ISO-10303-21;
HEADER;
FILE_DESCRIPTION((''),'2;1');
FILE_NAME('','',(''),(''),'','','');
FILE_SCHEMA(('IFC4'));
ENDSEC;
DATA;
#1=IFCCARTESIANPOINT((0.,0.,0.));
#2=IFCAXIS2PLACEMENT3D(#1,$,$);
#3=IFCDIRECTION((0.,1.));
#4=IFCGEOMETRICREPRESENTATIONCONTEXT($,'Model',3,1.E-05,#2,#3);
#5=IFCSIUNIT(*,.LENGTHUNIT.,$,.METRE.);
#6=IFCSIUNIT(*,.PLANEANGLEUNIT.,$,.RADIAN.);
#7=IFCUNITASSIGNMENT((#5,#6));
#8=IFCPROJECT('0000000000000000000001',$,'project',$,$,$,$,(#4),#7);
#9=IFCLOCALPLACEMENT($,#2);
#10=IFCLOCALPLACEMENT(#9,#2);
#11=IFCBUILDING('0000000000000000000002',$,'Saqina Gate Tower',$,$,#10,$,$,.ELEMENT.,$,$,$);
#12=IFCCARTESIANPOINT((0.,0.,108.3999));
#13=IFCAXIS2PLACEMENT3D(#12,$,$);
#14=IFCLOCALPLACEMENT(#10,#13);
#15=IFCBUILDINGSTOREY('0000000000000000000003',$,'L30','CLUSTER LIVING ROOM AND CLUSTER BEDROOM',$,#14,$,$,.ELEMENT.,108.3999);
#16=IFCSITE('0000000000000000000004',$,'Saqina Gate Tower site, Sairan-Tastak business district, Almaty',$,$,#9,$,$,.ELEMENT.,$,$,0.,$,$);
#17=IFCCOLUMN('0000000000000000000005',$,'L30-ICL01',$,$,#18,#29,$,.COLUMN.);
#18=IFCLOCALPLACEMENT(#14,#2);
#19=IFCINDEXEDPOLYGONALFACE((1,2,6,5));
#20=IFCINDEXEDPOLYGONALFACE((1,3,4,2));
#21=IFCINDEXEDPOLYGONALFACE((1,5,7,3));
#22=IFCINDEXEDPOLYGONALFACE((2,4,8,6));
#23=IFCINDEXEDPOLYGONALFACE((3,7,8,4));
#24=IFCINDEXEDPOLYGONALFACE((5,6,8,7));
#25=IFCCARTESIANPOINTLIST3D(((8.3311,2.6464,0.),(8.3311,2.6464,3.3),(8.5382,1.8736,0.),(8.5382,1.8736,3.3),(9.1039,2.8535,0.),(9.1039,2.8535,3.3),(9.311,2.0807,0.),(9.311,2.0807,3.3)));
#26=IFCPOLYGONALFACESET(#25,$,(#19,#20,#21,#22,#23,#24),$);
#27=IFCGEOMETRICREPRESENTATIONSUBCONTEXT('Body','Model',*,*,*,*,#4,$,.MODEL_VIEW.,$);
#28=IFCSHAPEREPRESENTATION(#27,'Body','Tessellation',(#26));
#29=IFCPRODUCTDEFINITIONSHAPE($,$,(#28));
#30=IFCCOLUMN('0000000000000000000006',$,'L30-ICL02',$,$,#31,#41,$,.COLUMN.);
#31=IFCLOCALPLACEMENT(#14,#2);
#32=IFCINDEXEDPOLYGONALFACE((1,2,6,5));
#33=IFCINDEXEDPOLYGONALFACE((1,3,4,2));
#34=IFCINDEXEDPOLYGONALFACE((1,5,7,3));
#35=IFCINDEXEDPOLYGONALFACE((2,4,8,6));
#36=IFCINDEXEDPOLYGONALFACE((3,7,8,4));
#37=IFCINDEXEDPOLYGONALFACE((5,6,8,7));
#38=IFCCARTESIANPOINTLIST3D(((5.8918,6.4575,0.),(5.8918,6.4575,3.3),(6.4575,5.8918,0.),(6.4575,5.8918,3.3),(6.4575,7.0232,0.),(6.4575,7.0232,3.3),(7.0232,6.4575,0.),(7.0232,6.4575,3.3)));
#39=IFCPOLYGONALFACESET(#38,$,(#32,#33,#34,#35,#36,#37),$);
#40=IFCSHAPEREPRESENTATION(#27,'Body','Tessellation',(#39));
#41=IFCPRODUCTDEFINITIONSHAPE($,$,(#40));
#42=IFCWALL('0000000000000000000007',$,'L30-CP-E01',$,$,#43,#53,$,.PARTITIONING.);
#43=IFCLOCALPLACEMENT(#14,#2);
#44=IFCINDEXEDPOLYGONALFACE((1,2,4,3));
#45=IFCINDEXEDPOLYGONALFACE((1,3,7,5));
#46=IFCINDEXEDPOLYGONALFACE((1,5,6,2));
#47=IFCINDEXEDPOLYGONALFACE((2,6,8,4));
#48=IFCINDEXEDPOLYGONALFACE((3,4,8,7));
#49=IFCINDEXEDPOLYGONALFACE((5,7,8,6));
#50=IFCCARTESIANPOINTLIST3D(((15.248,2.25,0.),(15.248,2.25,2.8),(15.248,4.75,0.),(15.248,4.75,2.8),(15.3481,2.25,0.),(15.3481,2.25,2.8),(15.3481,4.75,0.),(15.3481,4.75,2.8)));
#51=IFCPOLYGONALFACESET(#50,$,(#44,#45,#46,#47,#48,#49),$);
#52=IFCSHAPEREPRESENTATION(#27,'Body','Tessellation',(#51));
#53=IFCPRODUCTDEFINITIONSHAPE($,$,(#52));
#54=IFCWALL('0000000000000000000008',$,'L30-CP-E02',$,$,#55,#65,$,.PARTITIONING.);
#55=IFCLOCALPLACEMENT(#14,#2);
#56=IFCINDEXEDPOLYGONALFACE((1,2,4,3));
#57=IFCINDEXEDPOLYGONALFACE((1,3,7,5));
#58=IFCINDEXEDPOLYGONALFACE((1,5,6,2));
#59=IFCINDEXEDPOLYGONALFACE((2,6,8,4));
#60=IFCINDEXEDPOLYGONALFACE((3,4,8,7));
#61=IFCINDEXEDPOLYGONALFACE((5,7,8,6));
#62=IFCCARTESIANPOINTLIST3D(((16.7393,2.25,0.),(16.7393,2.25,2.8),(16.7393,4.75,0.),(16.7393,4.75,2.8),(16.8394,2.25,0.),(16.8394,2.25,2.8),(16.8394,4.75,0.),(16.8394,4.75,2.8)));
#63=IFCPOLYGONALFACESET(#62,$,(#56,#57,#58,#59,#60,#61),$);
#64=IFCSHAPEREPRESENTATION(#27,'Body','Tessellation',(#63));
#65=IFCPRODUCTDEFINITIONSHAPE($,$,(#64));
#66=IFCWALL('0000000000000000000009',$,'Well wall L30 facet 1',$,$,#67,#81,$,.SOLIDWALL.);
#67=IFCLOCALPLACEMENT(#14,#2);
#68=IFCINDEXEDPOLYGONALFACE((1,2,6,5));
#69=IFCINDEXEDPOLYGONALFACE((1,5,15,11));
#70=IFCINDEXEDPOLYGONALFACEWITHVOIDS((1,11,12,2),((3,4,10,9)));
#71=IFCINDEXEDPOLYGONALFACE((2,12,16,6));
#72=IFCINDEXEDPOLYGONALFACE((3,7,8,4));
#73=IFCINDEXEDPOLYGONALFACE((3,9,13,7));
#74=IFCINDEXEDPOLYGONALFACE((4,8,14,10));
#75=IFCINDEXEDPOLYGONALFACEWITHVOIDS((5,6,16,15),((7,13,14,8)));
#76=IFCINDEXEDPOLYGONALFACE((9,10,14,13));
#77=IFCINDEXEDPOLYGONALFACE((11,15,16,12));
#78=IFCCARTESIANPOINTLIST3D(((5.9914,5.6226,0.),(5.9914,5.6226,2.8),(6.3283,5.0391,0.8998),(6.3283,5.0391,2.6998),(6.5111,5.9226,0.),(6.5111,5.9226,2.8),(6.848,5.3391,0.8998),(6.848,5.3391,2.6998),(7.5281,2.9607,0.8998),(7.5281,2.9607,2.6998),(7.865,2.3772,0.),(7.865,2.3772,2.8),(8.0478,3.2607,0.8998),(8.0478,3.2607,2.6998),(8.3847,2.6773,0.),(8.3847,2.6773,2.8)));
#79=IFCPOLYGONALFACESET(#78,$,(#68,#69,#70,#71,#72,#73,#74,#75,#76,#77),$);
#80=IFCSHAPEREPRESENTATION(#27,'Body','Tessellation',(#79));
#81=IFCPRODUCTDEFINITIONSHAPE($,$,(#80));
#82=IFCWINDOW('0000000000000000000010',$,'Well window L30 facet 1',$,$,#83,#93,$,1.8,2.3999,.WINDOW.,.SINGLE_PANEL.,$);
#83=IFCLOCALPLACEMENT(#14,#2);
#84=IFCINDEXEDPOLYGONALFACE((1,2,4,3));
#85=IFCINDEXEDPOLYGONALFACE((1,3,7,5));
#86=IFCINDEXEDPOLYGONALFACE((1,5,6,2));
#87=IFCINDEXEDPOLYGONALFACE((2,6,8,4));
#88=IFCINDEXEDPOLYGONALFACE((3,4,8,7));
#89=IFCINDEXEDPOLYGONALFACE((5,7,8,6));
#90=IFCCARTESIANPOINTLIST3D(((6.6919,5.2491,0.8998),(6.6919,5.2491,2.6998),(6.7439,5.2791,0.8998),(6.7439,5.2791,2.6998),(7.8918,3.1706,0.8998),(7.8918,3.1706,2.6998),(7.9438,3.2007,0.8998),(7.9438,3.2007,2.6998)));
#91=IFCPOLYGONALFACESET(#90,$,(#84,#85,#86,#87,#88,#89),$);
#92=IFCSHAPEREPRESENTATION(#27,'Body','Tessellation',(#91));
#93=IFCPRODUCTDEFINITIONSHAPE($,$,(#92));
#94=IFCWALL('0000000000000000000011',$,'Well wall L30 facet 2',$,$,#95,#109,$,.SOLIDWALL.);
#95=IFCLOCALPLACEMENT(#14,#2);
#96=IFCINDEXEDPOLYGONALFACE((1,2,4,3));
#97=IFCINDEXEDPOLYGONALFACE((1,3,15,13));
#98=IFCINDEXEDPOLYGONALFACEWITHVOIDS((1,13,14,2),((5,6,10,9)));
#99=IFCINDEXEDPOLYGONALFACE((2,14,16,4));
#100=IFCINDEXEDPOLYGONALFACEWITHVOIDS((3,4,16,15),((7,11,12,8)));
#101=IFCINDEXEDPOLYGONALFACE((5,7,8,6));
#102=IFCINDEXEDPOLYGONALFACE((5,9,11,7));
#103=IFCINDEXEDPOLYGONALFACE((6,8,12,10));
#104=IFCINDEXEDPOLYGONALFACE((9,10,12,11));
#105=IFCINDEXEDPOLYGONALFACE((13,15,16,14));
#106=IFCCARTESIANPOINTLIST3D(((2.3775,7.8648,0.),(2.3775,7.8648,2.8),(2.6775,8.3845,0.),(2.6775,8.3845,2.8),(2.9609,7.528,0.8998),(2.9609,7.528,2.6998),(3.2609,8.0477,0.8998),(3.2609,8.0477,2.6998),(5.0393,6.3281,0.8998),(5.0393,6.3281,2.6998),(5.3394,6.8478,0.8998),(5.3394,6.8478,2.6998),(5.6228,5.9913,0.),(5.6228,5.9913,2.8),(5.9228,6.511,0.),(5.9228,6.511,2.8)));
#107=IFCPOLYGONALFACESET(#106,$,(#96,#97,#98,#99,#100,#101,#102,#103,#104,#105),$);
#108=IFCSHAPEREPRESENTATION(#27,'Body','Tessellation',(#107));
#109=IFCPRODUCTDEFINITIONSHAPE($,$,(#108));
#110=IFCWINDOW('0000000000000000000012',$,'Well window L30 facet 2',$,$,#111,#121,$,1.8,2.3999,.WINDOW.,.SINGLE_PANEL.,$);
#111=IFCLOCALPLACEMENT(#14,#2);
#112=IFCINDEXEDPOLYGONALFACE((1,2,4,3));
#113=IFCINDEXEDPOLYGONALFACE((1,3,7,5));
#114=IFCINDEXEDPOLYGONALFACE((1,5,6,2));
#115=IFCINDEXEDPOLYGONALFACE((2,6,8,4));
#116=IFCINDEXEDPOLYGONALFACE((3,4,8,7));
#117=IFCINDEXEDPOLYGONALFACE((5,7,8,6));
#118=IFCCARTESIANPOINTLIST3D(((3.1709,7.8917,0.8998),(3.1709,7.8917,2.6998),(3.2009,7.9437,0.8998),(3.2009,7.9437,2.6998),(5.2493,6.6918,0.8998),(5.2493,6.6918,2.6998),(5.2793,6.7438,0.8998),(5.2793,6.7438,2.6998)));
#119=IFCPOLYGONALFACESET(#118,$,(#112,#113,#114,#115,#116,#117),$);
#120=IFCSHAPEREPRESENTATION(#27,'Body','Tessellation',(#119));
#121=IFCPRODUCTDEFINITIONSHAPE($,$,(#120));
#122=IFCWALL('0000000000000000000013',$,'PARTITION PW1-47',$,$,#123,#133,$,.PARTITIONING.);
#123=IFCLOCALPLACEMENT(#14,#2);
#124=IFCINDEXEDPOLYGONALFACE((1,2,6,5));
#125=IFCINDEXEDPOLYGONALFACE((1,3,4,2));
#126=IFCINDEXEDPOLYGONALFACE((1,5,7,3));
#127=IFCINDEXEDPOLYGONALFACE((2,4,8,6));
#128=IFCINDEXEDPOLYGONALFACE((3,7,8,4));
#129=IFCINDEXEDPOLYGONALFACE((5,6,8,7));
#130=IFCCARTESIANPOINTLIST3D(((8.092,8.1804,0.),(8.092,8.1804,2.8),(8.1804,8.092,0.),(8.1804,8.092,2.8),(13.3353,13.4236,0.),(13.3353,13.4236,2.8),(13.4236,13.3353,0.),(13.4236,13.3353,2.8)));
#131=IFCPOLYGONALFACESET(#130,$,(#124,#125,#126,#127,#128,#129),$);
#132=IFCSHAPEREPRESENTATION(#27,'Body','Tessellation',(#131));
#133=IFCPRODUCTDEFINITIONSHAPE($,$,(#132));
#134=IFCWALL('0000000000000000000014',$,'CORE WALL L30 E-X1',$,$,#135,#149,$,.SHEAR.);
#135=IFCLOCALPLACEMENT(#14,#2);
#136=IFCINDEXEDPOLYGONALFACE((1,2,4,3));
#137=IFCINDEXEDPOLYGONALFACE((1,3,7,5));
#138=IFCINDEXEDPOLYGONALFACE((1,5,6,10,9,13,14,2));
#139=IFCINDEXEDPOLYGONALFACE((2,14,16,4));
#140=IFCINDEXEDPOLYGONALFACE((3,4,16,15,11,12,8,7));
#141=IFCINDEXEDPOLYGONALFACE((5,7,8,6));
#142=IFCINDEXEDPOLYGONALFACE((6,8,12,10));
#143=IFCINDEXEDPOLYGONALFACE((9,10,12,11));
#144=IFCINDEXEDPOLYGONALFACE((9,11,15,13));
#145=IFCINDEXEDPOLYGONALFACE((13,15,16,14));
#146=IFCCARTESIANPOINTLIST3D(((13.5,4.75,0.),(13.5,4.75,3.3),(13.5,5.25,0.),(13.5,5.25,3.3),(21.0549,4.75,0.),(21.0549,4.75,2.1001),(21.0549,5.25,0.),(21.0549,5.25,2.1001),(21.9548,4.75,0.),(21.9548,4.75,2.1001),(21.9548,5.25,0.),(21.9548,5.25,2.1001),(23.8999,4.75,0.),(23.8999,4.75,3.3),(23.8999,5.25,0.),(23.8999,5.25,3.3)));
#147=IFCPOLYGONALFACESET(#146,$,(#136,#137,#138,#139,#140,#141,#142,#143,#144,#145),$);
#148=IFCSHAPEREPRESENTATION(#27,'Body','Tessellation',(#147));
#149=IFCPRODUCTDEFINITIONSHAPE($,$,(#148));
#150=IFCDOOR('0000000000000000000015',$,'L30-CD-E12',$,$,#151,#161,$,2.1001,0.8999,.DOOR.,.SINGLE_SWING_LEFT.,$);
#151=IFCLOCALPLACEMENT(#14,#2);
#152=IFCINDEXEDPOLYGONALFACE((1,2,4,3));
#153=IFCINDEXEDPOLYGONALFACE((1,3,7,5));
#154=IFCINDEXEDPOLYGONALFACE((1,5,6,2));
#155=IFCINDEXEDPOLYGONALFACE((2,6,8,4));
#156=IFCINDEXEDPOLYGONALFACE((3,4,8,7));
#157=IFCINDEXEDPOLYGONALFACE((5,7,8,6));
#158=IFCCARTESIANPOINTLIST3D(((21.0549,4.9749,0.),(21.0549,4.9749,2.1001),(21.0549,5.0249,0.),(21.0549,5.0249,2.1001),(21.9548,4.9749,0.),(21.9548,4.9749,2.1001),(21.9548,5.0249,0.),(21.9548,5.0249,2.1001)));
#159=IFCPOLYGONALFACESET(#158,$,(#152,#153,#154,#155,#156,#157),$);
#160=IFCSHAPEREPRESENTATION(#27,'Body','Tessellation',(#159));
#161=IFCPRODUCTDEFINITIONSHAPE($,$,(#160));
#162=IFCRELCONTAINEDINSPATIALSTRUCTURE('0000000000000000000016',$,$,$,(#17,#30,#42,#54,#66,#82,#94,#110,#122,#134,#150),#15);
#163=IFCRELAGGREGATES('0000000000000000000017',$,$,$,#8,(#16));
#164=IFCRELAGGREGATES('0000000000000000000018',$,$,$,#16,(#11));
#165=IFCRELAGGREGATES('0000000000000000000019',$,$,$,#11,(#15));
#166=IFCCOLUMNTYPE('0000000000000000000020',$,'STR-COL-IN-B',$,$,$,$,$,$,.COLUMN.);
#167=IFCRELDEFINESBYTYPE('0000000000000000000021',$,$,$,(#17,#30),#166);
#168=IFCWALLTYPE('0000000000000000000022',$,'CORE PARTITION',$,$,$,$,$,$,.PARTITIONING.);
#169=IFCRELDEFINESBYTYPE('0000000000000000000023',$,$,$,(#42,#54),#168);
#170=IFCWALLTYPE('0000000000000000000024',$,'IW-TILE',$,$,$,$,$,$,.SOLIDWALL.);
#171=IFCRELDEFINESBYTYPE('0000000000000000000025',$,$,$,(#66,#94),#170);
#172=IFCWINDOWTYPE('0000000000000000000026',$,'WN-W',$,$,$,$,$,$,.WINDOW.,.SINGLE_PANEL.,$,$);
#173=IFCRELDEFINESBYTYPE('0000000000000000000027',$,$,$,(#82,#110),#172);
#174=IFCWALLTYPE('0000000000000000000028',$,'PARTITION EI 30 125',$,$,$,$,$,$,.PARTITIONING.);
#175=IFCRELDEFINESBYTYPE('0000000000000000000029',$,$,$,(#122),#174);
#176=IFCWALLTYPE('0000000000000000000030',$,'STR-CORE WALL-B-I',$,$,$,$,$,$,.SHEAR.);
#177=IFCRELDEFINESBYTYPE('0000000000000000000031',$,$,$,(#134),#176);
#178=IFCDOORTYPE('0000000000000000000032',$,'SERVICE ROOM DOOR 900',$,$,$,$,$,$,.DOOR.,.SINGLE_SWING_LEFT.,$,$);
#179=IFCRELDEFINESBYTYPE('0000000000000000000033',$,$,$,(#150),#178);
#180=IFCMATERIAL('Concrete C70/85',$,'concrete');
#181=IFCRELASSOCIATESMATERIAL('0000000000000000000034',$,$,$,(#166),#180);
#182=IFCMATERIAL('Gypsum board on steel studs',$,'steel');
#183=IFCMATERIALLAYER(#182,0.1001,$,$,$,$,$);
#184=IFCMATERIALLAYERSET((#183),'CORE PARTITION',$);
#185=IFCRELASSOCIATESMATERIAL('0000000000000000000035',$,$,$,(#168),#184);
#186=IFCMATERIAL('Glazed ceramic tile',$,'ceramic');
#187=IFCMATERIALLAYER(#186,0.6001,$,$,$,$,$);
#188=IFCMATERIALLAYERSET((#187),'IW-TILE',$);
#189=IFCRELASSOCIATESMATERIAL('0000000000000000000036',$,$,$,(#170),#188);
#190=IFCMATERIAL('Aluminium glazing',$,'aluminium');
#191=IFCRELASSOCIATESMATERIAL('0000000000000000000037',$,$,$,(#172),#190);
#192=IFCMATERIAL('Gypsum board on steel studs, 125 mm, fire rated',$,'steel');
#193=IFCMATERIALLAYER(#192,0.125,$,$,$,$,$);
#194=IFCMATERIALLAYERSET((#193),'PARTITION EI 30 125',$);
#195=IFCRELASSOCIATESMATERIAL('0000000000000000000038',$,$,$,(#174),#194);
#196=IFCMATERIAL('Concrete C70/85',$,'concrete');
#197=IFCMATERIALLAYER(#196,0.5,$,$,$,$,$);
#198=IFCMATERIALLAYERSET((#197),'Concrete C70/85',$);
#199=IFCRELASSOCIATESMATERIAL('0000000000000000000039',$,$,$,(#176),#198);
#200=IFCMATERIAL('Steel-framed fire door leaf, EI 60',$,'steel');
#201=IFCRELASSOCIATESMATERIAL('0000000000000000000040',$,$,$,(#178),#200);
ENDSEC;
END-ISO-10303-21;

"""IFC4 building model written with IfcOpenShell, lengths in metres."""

from ifc_helpers import new_model, si_unit, direction, frame, frame_2d, origin, origin_2d, place, context, subcontext, project, spatial, rectangle, extrude, material, layer, layer_set, material_profile, profile_set, type_object, element, fill, save


model = new_model("IFC4")

# Units and contexts
model_context = context("Model", 3, precision=1e-05, world=origin(), true_north=direction((0.0, 1.0)))
body_context = subcontext(model_context, "Body", "Model", "MODEL_VIEW")
ifc_project = project(units=[si_unit("LENGTHUNIT", "METRE"), si_unit("PLANEANGLEUNIT", "RADIAN")], contexts=[model_context])

# Site, building, storey
site_placement = place(None, origin())
site = spatial("IfcSite", under=ifc_project, at=site_placement, Name="Saqina Gate Tower site, Sairan-Tastak business district, Almaty", CompositionType="ELEMENT", RefElevation=0.0)
building_placement = place(site_placement, origin())
building = spatial("IfcBuilding", under=site, at=building_placement, Name="Saqina Gate Tower", CompositionType="ELEMENT")
storey_placement = place(building_placement, frame((0.0, 0.0, 108.3999)))
storey = spatial("IfcBuildingStorey", under=building, at=storey_placement, Name="L30", Description="CLUSTER LIVING ROOM AND CLUSTER BEDROOM", CompositionType="ELEMENT", Elevation=108.3999)

# Columns
ifc_material_1 = material(Name="Concrete C70/85", Category="concrete")
ifc_material_profile = material_profile(ifc_material_1, rectangle(XDim=0.8, YDim=0.8, at=origin_2d()), Name="RC 800x800")
ifc_profile_set = profile_set([ifc_material_profile], Name="Concrete C70/85")
column_type = type_object("IfcColumnType", Name="STR-COL-IN-B", PredefinedType="COLUMN", material=ifc_profile_set)
for number, where, z_axis, x_axis, name in (
    (1, (8.821, 2.3635, 0.0), (0.0, 0.0, 1.0), (0.965926, 0.258819, 0.0), "L30-ICL01"),
    (2, (6.4575, 6.4575, 0.0), (0.0, 0.0, 1.0), (0.707107, 0.707107, 0.0), "L30-ICL02"),
):
    element("IfcColumn", number, at=place(storey_placement, frame(where, z_axis=z_axis, x_axis=x_axis)), inside=storey, type_object=column_type, Name=name, PredefinedType="COLUMN", context=body_context, shape_type="SweptSolid", body=[
        extrude(rectangle(XDim=0.8, YDim=0.8, at=origin_2d()), origin(), (0.0, 0.0, 1.0), 3.3),
    ])

# Walls
ifc_material_2 = material(Name="Gypsum board on steel studs", Category="steel")
ifc_layer_1 = layer(ifc_material_2, 0.1001)
ifc_layer_set_1 = layer_set([ifc_layer_1], Name="CORE PARTITION")
wall_type_1 = type_object("IfcWallType", Name="CORE PARTITION", PredefinedType="PARTITIONING", material=ifc_layer_set_1)
for number, where, z_axis, x_axis, name in (
    (3, (15.2981, 2.25, 0.0), (0.0, 0.0, 1.0), (0.0, 1.0, 0.0), "L30-CP-E01"),
    (4, (16.7893, 2.25, 0.0), (0.0, 0.0, 1.0), (0.0, 1.0, 0.0), "L30-CP-E02"),
):
    element("IfcWall", number, at=place(storey_placement, frame(where, z_axis=z_axis, x_axis=x_axis)), inside=storey, type_object=wall_type_1, Name=name, PredefinedType="PARTITIONING", context=body_context, shape_type="SweptSolid", body=[
        extrude(rectangle(XDim=2.5, YDim=0.1001, at=frame_2d((1.25, 0.0))), origin(), (0.0, 0.0, 1.0), 2.8),
    ])

# Walls, openings, windows
ifc_material_3 = material(Name="Glazed ceramic tile", Category="ceramic")
ifc_layer_2 = layer(ifc_material_3, 0.6001)
ifc_layer_set_2 = layer_set([ifc_layer_2], Name="IW-TILE")
wall_type_2 = type_object("IfcWallType", Name="IW-TILE", PredefinedType="SOLIDWALL", material=ifc_layer_set_2)
wall_1_placement = place(storey_placement, frame((8.1248, 2.5273, 0.0), z_axis=(0.0, 0.0, 1.0), x_axis=(-0.499965, 0.866046, 0.0)))
wall_1 = element("IfcWall", 5, at=wall_1_placement, inside=storey, type_object=wall_type_2, Name="Well wall L30 facet 1", PredefinedType="SOLIDWALL", context=body_context, shape_type="SweptSolid", body=[
    extrude(rectangle(XDim=3.7473, YDim=0.6001, at=frame_2d((1.8735, 0.0))), origin(), (0.0, 0.0, 1.0), 2.8),
])
opening_1_placement = place(wall_1_placement, frame((0.6736, 0.0, 0.8999)))
opening_1 = element("IfcOpeningElement", 6, at=opening_1_placement, cuts=wall_1, PredefinedType="OPENING", context=body_context, shape_type="SweptSolid", body=[
    extrude(rectangle(XDim=2.3999, YDim=1.8, at=frame_2d((1.2, 0.8999))), frame((0.0, 0.312, 0.0), z_axis=(0.0, -1.0, 0.0), x_axis=(1.0, 0.0, 0.0)), (0.0, 0.0, 1.0), 0.624),
])
ifc_material_4 = material(Name="Aluminium glazing", Category="aluminium")
window_type = type_object("IfcWindowType", Name="WN-W", PartitioningType="SINGLE_PANEL", PredefinedType="WINDOW", material=ifc_material_4)
window_1_placement = place(opening_1_placement, origin())
window_1 = element("IfcWindow", 7, at=window_1_placement, inside=storey, type_object=window_type, Name="Well window L30 facet 1", OverallHeight=1.8, OverallWidth=2.3999, PartitioningType="SINGLE_PANEL", PredefinedType="WINDOW", context=body_context, shape_type="SweptSolid", body=[
    extrude(rectangle(XDim=2.3999, YDim=1.8, at=frame_2d((1.2, 0.8999))), frame((0.0, -0.1199, 0.0), z_axis=(0.0, -1.0, 0.0), x_axis=(1.0, 0.0, 0.0)), (0.0, 0.0, 1.0), 0.0601),
])
fill(opening_1, window_1)
wall_2_placement = place(storey_placement, frame((5.7727, 6.2512, 0.0), z_axis=(0.0, 0.0, 1.0), x_axis=(-0.866046, 0.499965, 0.0)))
wall_2 = element("IfcWall", 8, at=wall_2_placement, inside=storey, type_object=wall_type_2, Name="Well wall L30 facet 2", PredefinedType="SOLIDWALL", context=body_context, shape_type="SweptSolid", body=[
    extrude(rectangle(XDim=3.7473, YDim=0.6001, at=frame_2d((1.8735, 0.0))), origin(), (0.0, 0.0, 1.0), 2.8),
])
opening_2_placement = place(wall_2_placement, frame((0.6736, 0.0, 0.8999)))
opening_2 = element("IfcOpeningElement", 9, at=opening_2_placement, cuts=wall_2, PredefinedType="OPENING", context=body_context, shape_type="SweptSolid", body=[
    extrude(rectangle(XDim=2.3999, YDim=1.8, at=frame_2d((1.2, 0.8999))), frame((0.0, 0.312, 0.0), z_axis=(0.0, -1.0, 0.0), x_axis=(1.0, 0.0, 0.0)), (0.0, 0.0, 1.0), 0.624),
])
window_2_placement = place(opening_2_placement, origin())
window_2 = element("IfcWindow", 10, at=window_2_placement, inside=storey, type_object=window_type, Name="Well window L30 facet 2", OverallHeight=1.8, OverallWidth=2.3999, PartitioningType="SINGLE_PANEL", PredefinedType="WINDOW", context=body_context, shape_type="SweptSolid", body=[
    extrude(rectangle(XDim=2.3999, YDim=1.8, at=frame_2d((1.2, 0.8999))), frame((0.0, -0.1199, 0.0), z_axis=(0.0, -1.0, 0.0), x_axis=(1.0, 0.0, 0.0)), (0.0, 0.0, 1.0), 0.0601),
])
fill(opening_2, window_2)

# Wall
ifc_material_5 = material(Name="Gypsum board on steel studs, 125 mm, fire rated", Category="steel")
ifc_layer_3 = layer(ifc_material_5, 0.125)
ifc_layer_set_3 = layer_set([ifc_layer_3], Name="PARTITION EI 30 125")
wall_type_3 = type_object("IfcWallType", Name="PARTITION EI 30 125", PredefinedType="PARTITIONING", material=ifc_layer_set_3)
wall_3_placement = place(storey_placement, frame((8.1362, 8.1362, 0.0), z_axis=(0.0, 0.0, 1.0), x_axis=(0.707107, 0.707107, 0.0)))
element("IfcWall", 11, at=wall_3_placement, inside=storey, type_object=wall_type_3, Name="PARTITION PW1-47", PredefinedType="PARTITIONING", context=body_context, shape_type="SweptSolid", body=[
    extrude(rectangle(XDim=7.415, YDim=0.125, at=frame_2d((3.7075, 0.0))), origin(), (0.0, 0.0, 1.0), 2.8),
])

# Wall, opening, door
ifc_material_6 = material(Name="Concrete C70/85", Category="concrete")
ifc_layer_4 = layer(ifc_material_6, 0.5)
ifc_layer_set_4 = layer_set([ifc_layer_4], Name="Concrete C70/85")
wall_type_4 = type_object("IfcWallType", Name="STR-CORE WALL-B-I", PredefinedType="SHEAR", material=ifc_layer_set_4)
wall_4_placement = place(storey_placement, frame((13.5, 5.0, 0.0), z_axis=(0.0, 0.0, 1.0), x_axis=(1.0, 0.0, 0.0)))
wall_4 = element("IfcWall", 12, at=wall_4_placement, inside=storey, type_object=wall_type_4, Name="CORE WALL L30 E-X1", PredefinedType="SHEAR", context=body_context, shape_type="SweptSolid", body=[
    extrude(rectangle(XDim=10.3999, YDim=0.5, at=frame_2d((5.2, 0.0))), origin(), (0.0, 0.0, 1.0), 3.3),
])
opening_3_placement = place(wall_4_placement, frame((7.5549, 0.0, 0.0)))
opening_3 = element("IfcOpeningElement", 13, at=opening_3_placement, cuts=wall_4, PredefinedType="OPENING", context=body_context, shape_type="SweptSolid", body=[
    extrude(rectangle(XDim=0.8999, YDim=2.1001, at=frame_2d((0.45, 1.05))), frame((0.0, 0.262, 0.0), z_axis=(0.0, -1.0, 0.0), x_axis=(1.0, 0.0, 0.0)), (0.0, 0.0, 1.0), 0.5239),
])
ifc_material_7 = material(Name="Steel-framed fire door leaf, EI 60", Category="steel")
door_type_1 = type_object("IfcDoorType", Name="SERVICE ROOM DOOR 900", OperationType="SINGLE_SWING_LEFT", PredefinedType="DOOR", material=ifc_material_7)
door_1_placement = place(opening_3_placement, origin())
door_1 = element("IfcDoor", 14, at=door_1_placement, inside=storey, type_object=door_type_1, Name="L30-CD-E12", OperationType="SINGLE_SWING_LEFT", OverallHeight=2.1001, OverallWidth=0.8999, PredefinedType="DOOR", context=body_context, shape_type="SweptSolid", body=[
    extrude(rectangle(XDim=0.8999, YDim=2.1001, at=frame_2d((0.45, 1.05))), frame((0.0, 0.0249, 0.0), z_axis=(0.0, -1.0, 0.0), x_axis=(1.0, 0.0, 0.0)), (0.0, 0.0, 1.0), 0.05),
])
fill(opening_3, door_1)

save(model, "model.ifc")
